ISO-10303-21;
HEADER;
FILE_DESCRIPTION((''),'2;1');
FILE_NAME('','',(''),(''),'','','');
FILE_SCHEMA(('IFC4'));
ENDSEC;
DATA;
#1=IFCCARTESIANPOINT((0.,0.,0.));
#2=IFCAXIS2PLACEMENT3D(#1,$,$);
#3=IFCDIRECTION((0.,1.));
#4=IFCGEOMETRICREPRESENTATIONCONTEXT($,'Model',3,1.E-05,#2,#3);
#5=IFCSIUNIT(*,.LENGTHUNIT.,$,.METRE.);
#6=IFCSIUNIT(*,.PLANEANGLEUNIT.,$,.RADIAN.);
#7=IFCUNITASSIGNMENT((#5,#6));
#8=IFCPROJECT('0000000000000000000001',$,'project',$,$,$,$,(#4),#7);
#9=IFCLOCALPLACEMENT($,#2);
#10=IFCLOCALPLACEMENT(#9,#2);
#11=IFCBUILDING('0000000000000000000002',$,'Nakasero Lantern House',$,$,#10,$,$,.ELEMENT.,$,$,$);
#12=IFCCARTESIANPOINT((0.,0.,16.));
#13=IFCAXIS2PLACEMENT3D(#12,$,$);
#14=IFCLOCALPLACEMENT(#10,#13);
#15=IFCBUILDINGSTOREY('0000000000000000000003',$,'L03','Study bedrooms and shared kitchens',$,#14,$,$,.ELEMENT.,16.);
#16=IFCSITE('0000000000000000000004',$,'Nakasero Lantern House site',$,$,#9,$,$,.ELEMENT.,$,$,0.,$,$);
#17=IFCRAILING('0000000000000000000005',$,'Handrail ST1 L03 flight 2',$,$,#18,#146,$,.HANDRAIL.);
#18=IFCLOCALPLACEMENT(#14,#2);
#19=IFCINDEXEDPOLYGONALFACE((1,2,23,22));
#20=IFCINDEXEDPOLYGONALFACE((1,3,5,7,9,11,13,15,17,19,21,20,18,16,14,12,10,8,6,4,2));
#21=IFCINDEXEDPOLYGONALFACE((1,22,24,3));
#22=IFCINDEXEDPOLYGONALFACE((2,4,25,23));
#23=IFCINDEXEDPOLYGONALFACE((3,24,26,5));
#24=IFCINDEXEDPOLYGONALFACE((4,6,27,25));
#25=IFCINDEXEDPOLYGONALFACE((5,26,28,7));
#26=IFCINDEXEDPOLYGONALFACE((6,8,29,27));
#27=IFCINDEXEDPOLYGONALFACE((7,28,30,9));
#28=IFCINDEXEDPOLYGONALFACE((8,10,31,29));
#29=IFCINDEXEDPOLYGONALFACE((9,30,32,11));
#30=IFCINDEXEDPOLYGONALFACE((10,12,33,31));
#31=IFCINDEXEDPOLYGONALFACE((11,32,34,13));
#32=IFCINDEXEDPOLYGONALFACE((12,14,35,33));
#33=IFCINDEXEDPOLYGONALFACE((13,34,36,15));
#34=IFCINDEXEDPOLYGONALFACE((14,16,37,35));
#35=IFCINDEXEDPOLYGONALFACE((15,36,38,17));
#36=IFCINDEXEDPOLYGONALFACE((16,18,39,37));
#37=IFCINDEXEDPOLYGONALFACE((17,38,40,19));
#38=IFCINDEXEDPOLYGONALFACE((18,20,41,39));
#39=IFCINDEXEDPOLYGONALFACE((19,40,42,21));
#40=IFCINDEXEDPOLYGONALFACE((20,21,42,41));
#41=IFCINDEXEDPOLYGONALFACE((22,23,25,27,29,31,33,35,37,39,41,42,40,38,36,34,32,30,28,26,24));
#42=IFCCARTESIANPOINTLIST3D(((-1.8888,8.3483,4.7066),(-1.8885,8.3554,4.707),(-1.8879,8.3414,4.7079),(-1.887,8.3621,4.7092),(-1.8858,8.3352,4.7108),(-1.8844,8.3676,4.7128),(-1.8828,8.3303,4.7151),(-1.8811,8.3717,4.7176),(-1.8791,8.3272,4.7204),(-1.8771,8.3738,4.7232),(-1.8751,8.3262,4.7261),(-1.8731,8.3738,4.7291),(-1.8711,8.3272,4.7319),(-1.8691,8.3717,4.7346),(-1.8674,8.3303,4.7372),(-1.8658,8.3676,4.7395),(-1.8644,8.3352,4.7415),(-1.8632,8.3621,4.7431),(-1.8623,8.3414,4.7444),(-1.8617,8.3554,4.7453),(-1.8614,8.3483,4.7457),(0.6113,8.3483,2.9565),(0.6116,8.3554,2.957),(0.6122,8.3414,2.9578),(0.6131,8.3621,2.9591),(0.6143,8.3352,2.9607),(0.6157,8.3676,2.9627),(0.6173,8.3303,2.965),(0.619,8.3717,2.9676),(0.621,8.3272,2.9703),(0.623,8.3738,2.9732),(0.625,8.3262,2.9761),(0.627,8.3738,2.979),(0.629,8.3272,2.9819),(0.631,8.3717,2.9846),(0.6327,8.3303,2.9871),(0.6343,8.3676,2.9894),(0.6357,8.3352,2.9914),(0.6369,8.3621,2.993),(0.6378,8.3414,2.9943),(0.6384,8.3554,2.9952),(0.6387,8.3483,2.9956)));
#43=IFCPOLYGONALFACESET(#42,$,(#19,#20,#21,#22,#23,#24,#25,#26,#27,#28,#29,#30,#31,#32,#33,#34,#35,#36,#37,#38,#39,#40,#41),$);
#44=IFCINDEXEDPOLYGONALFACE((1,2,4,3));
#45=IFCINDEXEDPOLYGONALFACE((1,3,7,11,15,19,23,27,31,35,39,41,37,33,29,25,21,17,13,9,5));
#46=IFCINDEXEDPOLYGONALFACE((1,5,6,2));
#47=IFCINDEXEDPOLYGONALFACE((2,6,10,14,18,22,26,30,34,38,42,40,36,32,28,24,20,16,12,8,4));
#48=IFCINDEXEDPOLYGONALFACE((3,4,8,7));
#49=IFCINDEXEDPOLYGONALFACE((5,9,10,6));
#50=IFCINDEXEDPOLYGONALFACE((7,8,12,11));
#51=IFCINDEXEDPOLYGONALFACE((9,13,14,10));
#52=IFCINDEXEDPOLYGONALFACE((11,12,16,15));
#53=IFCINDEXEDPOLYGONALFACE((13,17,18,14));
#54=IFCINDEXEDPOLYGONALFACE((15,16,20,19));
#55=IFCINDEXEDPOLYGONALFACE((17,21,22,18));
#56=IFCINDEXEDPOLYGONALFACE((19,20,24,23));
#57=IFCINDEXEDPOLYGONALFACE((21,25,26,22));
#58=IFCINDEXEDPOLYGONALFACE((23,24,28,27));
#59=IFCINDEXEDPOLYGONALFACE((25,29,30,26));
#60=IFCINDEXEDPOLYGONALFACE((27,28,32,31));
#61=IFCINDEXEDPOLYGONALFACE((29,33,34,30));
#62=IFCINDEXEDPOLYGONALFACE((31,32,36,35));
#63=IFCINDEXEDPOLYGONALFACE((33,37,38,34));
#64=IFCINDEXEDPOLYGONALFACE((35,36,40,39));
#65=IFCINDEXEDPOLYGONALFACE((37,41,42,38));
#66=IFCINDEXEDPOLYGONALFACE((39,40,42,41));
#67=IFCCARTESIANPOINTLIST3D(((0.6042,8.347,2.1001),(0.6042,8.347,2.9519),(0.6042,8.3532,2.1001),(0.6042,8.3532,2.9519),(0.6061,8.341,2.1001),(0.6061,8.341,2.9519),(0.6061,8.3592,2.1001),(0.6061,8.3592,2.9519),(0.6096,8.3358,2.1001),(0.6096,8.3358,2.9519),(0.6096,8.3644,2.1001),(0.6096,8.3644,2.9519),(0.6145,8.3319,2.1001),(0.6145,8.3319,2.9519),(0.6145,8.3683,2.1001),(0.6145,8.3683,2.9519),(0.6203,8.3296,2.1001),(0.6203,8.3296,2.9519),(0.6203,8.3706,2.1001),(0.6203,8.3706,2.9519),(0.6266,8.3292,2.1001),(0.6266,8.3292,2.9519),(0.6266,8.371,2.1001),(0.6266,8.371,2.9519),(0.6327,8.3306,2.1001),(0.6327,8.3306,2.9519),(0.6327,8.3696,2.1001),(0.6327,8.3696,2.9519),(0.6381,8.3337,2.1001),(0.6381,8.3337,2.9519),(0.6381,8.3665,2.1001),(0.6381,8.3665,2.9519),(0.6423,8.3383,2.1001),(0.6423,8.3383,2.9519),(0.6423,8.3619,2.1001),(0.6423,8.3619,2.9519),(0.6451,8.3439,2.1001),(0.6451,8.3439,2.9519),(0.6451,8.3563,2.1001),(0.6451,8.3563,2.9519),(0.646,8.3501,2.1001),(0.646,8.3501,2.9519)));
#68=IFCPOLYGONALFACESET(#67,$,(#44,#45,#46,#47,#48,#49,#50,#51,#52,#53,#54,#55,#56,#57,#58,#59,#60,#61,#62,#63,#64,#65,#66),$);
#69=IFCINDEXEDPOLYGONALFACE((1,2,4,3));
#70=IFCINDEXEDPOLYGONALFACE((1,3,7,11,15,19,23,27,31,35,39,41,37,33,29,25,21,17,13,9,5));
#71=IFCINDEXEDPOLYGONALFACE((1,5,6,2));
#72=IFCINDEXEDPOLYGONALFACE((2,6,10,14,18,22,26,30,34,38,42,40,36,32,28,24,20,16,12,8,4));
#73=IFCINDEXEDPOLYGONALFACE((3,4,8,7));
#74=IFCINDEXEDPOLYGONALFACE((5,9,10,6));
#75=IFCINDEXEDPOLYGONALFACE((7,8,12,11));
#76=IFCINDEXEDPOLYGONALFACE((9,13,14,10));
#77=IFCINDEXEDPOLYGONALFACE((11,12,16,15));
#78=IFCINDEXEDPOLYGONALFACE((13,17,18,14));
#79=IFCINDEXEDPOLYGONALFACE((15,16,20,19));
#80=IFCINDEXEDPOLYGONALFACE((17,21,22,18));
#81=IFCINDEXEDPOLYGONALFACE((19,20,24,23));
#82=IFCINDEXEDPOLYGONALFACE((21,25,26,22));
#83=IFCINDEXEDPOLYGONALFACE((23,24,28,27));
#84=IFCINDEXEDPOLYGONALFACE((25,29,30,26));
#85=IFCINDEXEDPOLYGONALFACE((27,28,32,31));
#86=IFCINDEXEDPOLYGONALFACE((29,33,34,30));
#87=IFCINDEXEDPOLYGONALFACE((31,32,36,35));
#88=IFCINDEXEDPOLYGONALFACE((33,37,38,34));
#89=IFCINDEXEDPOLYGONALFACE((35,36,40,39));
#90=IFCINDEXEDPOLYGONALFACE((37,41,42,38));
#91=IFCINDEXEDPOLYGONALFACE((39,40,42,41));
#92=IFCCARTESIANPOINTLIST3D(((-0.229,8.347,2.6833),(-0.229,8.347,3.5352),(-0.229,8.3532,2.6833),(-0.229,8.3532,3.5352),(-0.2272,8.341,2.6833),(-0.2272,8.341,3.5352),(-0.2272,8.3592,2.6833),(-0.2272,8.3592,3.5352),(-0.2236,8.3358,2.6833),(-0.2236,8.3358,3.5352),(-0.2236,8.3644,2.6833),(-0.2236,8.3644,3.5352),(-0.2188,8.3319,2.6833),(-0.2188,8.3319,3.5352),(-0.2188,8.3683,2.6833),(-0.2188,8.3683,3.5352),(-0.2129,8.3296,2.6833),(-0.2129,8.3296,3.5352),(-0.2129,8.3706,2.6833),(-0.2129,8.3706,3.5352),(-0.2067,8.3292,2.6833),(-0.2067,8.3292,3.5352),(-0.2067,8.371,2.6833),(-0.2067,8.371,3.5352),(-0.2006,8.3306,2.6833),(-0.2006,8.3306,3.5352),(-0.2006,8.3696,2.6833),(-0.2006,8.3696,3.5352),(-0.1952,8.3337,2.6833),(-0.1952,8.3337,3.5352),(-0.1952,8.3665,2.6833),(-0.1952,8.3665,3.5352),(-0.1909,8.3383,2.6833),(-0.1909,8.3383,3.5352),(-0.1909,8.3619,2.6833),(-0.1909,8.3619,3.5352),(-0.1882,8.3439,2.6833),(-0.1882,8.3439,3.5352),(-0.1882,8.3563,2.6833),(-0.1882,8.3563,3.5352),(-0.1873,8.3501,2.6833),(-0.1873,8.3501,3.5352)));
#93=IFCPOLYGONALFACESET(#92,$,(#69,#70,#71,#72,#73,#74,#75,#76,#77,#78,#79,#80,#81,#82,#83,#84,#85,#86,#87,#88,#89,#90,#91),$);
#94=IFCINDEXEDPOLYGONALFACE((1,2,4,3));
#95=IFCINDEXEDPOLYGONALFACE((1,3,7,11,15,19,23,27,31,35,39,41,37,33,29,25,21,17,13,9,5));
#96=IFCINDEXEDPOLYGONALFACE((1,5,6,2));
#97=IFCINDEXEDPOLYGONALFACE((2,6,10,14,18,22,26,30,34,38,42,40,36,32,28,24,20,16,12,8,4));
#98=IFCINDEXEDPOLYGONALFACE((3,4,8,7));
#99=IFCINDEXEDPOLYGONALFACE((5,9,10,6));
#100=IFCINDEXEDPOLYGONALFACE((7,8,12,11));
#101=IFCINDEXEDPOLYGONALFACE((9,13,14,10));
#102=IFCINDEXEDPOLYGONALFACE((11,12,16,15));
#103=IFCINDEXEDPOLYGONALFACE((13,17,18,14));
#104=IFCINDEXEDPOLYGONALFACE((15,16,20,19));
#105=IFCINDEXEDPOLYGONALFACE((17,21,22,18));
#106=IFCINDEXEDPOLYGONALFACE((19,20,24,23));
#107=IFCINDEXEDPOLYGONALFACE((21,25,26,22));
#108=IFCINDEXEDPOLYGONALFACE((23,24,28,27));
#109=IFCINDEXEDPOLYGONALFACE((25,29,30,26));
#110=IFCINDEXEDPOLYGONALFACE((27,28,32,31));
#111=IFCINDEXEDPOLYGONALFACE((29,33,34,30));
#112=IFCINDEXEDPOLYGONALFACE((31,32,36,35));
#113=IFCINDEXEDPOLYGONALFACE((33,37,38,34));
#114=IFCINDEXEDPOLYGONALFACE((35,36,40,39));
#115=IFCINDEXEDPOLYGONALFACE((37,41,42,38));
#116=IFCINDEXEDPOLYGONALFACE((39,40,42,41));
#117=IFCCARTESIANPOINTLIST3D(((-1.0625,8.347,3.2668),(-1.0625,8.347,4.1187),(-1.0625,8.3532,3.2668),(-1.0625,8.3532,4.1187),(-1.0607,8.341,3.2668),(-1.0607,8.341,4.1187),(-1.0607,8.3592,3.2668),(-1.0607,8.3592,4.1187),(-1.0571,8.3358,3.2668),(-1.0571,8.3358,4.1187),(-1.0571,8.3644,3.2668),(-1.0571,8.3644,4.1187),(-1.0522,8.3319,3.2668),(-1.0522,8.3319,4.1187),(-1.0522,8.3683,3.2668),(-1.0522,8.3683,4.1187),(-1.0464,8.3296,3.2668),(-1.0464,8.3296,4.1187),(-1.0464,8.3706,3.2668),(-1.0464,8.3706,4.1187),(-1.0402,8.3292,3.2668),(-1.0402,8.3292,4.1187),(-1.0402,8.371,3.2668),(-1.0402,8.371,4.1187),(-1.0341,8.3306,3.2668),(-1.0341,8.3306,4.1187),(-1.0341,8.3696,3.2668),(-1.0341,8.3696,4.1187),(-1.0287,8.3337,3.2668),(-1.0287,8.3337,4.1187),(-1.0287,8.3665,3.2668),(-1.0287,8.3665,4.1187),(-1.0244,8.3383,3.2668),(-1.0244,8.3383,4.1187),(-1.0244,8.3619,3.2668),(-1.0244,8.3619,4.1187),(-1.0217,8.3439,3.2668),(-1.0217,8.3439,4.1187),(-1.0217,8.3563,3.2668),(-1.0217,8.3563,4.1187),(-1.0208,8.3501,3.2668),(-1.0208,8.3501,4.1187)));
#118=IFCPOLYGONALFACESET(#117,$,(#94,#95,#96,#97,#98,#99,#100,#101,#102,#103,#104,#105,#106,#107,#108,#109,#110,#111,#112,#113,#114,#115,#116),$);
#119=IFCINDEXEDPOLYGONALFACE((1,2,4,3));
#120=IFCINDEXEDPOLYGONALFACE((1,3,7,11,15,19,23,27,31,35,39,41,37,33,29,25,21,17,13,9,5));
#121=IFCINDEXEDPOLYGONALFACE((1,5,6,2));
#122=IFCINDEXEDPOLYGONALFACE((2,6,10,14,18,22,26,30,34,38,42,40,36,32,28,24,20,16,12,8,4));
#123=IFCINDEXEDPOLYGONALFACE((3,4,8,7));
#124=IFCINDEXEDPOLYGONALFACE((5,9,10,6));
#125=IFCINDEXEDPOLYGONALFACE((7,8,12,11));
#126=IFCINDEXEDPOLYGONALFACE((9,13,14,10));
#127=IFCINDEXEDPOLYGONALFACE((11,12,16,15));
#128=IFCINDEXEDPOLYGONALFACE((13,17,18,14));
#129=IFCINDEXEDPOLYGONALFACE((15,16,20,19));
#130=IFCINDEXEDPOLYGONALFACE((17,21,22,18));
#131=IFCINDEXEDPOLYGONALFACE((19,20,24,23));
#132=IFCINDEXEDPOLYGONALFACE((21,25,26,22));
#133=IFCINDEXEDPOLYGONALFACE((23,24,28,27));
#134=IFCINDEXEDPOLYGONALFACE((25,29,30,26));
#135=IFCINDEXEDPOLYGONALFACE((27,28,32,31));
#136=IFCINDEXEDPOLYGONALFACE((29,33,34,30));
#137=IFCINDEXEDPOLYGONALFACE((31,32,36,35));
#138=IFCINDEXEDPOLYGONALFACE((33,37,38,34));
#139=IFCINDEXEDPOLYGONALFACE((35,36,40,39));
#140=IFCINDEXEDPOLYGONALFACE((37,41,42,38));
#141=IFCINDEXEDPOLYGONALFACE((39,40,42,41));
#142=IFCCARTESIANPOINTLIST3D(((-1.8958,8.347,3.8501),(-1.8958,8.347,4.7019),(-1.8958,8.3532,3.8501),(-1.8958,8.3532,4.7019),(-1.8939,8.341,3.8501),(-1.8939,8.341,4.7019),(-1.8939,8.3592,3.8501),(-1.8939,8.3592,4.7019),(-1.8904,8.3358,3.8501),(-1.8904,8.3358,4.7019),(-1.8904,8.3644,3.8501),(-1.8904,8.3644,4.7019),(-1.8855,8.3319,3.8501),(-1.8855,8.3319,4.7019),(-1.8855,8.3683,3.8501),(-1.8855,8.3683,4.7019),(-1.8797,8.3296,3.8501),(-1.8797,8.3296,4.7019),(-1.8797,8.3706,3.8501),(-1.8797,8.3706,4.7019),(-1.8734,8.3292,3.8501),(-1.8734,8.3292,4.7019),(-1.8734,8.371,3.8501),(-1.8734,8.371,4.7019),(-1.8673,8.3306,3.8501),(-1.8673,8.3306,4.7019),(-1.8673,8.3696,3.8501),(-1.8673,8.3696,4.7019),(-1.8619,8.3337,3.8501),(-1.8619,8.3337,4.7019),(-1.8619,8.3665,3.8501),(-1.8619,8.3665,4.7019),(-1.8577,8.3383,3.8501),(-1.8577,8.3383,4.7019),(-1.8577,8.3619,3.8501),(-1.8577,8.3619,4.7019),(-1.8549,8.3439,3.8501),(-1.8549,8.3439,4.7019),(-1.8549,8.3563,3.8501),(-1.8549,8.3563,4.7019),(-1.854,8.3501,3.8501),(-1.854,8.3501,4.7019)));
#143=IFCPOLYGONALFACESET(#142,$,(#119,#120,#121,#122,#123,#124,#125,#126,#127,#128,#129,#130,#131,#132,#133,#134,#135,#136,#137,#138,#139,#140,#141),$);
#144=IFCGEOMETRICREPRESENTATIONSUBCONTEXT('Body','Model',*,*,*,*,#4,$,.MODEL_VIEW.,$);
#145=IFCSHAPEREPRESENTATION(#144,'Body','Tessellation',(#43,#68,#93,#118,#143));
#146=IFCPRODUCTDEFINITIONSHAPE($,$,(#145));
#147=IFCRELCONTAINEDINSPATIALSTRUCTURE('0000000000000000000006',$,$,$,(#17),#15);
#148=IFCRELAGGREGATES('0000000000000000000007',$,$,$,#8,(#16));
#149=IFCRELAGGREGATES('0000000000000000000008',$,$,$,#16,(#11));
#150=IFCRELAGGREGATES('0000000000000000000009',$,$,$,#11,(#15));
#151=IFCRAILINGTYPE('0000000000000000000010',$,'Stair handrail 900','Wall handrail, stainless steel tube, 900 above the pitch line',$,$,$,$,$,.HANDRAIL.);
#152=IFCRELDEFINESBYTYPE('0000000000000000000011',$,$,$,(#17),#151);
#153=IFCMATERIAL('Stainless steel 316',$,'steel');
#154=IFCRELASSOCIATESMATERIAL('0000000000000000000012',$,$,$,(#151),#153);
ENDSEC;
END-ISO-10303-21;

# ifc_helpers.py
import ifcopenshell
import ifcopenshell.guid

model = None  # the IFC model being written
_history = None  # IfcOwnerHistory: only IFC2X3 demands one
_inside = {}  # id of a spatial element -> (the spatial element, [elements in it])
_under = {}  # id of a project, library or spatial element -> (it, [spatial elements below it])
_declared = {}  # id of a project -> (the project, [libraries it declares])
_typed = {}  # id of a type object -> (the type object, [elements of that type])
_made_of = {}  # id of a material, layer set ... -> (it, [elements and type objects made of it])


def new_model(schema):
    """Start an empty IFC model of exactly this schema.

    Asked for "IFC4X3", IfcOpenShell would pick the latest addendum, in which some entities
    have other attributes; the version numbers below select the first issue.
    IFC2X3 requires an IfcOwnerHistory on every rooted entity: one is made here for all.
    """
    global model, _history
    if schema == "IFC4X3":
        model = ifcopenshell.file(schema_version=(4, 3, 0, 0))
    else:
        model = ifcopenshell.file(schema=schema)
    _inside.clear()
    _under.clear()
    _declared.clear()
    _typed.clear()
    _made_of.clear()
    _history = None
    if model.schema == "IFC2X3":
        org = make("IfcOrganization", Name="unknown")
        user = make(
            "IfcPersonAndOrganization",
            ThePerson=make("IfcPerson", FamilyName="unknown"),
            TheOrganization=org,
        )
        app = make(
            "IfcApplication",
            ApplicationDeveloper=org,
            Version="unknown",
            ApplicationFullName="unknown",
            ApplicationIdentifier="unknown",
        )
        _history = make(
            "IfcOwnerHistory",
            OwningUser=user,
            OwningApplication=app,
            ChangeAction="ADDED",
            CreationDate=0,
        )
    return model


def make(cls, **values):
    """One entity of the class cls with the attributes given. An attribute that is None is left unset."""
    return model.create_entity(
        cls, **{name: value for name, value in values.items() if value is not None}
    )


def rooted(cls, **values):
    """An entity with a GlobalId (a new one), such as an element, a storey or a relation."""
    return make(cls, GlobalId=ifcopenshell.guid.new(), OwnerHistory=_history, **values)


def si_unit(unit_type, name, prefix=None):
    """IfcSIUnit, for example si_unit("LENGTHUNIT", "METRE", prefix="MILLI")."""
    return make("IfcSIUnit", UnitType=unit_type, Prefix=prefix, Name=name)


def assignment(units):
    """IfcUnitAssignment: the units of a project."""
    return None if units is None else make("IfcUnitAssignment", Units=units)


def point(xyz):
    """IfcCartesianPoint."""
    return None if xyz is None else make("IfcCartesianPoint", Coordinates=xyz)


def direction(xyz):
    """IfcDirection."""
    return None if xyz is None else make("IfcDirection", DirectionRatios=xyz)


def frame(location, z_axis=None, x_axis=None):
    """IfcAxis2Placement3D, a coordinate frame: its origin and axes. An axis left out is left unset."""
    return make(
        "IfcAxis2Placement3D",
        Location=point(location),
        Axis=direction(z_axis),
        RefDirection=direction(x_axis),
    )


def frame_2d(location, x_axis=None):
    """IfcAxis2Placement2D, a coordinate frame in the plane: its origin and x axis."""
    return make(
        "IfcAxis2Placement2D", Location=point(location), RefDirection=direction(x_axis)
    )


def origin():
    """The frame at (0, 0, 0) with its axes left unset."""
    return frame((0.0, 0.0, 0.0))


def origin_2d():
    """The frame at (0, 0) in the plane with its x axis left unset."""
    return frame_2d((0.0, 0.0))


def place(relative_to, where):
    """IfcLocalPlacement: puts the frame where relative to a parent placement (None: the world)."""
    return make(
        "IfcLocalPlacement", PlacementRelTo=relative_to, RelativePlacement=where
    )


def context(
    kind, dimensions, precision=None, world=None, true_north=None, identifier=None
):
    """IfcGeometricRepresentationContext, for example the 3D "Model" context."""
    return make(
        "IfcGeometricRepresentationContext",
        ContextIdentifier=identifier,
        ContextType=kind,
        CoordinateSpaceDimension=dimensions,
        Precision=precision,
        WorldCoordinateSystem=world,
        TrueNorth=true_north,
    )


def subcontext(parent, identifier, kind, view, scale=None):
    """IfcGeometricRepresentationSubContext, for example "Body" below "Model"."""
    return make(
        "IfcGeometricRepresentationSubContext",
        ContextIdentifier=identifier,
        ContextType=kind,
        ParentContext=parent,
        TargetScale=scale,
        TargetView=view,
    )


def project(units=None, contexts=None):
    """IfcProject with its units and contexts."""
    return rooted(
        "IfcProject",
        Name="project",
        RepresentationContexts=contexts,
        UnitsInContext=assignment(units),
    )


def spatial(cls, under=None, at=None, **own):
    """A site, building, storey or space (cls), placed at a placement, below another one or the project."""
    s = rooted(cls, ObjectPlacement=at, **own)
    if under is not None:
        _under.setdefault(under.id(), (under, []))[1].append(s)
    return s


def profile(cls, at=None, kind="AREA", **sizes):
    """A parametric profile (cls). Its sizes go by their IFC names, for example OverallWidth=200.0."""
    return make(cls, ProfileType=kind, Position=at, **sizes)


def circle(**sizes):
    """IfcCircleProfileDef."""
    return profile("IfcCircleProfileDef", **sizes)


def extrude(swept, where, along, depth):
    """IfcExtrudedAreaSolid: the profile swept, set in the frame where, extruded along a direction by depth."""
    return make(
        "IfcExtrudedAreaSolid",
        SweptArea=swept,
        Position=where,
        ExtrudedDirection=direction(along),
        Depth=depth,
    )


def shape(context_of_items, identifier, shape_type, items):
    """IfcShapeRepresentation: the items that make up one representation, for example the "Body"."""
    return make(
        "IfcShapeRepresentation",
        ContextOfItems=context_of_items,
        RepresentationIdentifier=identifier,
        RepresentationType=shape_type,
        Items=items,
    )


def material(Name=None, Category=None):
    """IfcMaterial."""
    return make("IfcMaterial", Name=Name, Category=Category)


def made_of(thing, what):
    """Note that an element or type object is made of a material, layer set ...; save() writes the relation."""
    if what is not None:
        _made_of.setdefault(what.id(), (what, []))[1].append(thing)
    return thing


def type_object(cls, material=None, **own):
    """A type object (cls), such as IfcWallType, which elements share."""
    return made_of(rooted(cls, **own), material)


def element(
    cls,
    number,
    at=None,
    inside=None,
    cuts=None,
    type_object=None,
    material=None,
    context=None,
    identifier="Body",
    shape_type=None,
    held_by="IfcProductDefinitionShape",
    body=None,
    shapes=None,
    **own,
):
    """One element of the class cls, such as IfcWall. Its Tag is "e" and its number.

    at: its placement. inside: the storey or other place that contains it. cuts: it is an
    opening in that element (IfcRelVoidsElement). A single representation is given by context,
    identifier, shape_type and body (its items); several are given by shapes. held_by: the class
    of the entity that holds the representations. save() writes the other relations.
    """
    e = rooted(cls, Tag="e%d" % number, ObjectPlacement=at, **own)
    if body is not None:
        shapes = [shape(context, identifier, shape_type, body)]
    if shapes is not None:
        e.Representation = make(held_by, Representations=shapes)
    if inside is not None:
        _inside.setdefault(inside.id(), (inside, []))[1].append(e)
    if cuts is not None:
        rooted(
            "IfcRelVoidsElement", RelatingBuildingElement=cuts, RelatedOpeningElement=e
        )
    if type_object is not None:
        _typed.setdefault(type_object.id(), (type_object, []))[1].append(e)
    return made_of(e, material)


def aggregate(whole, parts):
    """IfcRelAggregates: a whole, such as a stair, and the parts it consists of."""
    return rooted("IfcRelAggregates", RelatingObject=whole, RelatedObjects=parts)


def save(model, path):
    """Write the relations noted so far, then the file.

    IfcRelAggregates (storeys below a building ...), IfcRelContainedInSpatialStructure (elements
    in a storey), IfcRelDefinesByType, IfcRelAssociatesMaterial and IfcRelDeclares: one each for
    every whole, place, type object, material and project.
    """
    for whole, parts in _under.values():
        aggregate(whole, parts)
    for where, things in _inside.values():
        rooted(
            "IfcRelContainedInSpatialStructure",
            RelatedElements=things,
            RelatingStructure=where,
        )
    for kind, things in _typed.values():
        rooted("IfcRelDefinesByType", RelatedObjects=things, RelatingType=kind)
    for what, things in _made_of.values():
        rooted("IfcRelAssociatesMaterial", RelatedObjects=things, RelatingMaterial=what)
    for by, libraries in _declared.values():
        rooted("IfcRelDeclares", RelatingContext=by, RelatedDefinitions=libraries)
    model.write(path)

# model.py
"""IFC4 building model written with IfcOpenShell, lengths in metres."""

from ifc_helpers import new_model, si_unit, direction, frame, origin, origin_2d, place, context, subcontext, project, spatial, circle, extrude, material, type_object, element, save


model = new_model("IFC4")

# Units and contexts
model_context = context("Model", 3, precision=1e-05, world=origin(), true_north=direction((0.0, 1.0)))
body_context = subcontext(model_context, "Body", "Model", "MODEL_VIEW")
ifc_project = project(units=[si_unit("LENGTHUNIT", "METRE"), si_unit("PLANEANGLEUNIT", "RADIAN")], contexts=[model_context])

# Site, building, storey
site_placement = place(None, origin())
site = spatial("IfcSite", under=ifc_project, at=site_placement, Name="Nakasero Lantern House site", CompositionType="ELEMENT", RefElevation=0.0)
building_placement = place(site_placement, origin())
building = spatial("IfcBuilding", under=site, at=building_placement, Name="Nakasero Lantern House", CompositionType="ELEMENT")
storey_placement = place(building_placement, frame((0.0, 0.0, 16.0)))
storey = spatial("IfcBuildingStorey", under=building, at=storey_placement, Name="L03", Description="Study bedrooms and shared kitchens", CompositionType="ELEMENT", Elevation=16.0)

# Railing
ifc_material_1 = material(Name="Stainless steel 316", Category="steel")
railing_type = type_object("IfcRailingType", Name="Stair handrail 900", Description="Wall handrail, stainless steel tube, 900 above the pitch line", PredefinedType="HANDRAIL", material=ifc_material_1)
railing_placement = place(storey_placement, frame((0.625, 8.3501, 2.1001)))
element("IfcRailing", 1, at=railing_placement, inside=storey, type_object=railing_type, Name="Handrail ST1 L03 flight 2", PredefinedType="HANDRAIL", context=body_context, shape_type="SweptSolid", body=[
    extrude(circle(Radius=0.0239, at=origin_2d()), frame((0.0, 0.0, 0.876), z_axis=(-0.819232, 0.0, 0.573462), x_axis=(0.0, -1.0, 0.0)), (0.0, 0.0, 1.0), 3.0518),
    extrude(circle(Radius=0.021, at=origin_2d()), origin(), (0.0, 0.0, 1.0), 0.8518),
    extrude(circle(Radius=0.021, at=origin_2d()), frame((-0.8333, 0.0, 0.5833)), (0.0, 0.0, 1.0), 0.8518),
    extrude(circle(Radius=0.021, at=origin_2d()), frame((-1.6667, 0.0, 1.1667)), (0.0, 0.0, 1.0), 0.8518),
    extrude(circle(Radius=0.021, at=origin_2d()), frame((-2.5, 0.0, 1.75)), (0.0, 0.0, 1.0), 0.8518),
])

save(model, "model.ifc")
